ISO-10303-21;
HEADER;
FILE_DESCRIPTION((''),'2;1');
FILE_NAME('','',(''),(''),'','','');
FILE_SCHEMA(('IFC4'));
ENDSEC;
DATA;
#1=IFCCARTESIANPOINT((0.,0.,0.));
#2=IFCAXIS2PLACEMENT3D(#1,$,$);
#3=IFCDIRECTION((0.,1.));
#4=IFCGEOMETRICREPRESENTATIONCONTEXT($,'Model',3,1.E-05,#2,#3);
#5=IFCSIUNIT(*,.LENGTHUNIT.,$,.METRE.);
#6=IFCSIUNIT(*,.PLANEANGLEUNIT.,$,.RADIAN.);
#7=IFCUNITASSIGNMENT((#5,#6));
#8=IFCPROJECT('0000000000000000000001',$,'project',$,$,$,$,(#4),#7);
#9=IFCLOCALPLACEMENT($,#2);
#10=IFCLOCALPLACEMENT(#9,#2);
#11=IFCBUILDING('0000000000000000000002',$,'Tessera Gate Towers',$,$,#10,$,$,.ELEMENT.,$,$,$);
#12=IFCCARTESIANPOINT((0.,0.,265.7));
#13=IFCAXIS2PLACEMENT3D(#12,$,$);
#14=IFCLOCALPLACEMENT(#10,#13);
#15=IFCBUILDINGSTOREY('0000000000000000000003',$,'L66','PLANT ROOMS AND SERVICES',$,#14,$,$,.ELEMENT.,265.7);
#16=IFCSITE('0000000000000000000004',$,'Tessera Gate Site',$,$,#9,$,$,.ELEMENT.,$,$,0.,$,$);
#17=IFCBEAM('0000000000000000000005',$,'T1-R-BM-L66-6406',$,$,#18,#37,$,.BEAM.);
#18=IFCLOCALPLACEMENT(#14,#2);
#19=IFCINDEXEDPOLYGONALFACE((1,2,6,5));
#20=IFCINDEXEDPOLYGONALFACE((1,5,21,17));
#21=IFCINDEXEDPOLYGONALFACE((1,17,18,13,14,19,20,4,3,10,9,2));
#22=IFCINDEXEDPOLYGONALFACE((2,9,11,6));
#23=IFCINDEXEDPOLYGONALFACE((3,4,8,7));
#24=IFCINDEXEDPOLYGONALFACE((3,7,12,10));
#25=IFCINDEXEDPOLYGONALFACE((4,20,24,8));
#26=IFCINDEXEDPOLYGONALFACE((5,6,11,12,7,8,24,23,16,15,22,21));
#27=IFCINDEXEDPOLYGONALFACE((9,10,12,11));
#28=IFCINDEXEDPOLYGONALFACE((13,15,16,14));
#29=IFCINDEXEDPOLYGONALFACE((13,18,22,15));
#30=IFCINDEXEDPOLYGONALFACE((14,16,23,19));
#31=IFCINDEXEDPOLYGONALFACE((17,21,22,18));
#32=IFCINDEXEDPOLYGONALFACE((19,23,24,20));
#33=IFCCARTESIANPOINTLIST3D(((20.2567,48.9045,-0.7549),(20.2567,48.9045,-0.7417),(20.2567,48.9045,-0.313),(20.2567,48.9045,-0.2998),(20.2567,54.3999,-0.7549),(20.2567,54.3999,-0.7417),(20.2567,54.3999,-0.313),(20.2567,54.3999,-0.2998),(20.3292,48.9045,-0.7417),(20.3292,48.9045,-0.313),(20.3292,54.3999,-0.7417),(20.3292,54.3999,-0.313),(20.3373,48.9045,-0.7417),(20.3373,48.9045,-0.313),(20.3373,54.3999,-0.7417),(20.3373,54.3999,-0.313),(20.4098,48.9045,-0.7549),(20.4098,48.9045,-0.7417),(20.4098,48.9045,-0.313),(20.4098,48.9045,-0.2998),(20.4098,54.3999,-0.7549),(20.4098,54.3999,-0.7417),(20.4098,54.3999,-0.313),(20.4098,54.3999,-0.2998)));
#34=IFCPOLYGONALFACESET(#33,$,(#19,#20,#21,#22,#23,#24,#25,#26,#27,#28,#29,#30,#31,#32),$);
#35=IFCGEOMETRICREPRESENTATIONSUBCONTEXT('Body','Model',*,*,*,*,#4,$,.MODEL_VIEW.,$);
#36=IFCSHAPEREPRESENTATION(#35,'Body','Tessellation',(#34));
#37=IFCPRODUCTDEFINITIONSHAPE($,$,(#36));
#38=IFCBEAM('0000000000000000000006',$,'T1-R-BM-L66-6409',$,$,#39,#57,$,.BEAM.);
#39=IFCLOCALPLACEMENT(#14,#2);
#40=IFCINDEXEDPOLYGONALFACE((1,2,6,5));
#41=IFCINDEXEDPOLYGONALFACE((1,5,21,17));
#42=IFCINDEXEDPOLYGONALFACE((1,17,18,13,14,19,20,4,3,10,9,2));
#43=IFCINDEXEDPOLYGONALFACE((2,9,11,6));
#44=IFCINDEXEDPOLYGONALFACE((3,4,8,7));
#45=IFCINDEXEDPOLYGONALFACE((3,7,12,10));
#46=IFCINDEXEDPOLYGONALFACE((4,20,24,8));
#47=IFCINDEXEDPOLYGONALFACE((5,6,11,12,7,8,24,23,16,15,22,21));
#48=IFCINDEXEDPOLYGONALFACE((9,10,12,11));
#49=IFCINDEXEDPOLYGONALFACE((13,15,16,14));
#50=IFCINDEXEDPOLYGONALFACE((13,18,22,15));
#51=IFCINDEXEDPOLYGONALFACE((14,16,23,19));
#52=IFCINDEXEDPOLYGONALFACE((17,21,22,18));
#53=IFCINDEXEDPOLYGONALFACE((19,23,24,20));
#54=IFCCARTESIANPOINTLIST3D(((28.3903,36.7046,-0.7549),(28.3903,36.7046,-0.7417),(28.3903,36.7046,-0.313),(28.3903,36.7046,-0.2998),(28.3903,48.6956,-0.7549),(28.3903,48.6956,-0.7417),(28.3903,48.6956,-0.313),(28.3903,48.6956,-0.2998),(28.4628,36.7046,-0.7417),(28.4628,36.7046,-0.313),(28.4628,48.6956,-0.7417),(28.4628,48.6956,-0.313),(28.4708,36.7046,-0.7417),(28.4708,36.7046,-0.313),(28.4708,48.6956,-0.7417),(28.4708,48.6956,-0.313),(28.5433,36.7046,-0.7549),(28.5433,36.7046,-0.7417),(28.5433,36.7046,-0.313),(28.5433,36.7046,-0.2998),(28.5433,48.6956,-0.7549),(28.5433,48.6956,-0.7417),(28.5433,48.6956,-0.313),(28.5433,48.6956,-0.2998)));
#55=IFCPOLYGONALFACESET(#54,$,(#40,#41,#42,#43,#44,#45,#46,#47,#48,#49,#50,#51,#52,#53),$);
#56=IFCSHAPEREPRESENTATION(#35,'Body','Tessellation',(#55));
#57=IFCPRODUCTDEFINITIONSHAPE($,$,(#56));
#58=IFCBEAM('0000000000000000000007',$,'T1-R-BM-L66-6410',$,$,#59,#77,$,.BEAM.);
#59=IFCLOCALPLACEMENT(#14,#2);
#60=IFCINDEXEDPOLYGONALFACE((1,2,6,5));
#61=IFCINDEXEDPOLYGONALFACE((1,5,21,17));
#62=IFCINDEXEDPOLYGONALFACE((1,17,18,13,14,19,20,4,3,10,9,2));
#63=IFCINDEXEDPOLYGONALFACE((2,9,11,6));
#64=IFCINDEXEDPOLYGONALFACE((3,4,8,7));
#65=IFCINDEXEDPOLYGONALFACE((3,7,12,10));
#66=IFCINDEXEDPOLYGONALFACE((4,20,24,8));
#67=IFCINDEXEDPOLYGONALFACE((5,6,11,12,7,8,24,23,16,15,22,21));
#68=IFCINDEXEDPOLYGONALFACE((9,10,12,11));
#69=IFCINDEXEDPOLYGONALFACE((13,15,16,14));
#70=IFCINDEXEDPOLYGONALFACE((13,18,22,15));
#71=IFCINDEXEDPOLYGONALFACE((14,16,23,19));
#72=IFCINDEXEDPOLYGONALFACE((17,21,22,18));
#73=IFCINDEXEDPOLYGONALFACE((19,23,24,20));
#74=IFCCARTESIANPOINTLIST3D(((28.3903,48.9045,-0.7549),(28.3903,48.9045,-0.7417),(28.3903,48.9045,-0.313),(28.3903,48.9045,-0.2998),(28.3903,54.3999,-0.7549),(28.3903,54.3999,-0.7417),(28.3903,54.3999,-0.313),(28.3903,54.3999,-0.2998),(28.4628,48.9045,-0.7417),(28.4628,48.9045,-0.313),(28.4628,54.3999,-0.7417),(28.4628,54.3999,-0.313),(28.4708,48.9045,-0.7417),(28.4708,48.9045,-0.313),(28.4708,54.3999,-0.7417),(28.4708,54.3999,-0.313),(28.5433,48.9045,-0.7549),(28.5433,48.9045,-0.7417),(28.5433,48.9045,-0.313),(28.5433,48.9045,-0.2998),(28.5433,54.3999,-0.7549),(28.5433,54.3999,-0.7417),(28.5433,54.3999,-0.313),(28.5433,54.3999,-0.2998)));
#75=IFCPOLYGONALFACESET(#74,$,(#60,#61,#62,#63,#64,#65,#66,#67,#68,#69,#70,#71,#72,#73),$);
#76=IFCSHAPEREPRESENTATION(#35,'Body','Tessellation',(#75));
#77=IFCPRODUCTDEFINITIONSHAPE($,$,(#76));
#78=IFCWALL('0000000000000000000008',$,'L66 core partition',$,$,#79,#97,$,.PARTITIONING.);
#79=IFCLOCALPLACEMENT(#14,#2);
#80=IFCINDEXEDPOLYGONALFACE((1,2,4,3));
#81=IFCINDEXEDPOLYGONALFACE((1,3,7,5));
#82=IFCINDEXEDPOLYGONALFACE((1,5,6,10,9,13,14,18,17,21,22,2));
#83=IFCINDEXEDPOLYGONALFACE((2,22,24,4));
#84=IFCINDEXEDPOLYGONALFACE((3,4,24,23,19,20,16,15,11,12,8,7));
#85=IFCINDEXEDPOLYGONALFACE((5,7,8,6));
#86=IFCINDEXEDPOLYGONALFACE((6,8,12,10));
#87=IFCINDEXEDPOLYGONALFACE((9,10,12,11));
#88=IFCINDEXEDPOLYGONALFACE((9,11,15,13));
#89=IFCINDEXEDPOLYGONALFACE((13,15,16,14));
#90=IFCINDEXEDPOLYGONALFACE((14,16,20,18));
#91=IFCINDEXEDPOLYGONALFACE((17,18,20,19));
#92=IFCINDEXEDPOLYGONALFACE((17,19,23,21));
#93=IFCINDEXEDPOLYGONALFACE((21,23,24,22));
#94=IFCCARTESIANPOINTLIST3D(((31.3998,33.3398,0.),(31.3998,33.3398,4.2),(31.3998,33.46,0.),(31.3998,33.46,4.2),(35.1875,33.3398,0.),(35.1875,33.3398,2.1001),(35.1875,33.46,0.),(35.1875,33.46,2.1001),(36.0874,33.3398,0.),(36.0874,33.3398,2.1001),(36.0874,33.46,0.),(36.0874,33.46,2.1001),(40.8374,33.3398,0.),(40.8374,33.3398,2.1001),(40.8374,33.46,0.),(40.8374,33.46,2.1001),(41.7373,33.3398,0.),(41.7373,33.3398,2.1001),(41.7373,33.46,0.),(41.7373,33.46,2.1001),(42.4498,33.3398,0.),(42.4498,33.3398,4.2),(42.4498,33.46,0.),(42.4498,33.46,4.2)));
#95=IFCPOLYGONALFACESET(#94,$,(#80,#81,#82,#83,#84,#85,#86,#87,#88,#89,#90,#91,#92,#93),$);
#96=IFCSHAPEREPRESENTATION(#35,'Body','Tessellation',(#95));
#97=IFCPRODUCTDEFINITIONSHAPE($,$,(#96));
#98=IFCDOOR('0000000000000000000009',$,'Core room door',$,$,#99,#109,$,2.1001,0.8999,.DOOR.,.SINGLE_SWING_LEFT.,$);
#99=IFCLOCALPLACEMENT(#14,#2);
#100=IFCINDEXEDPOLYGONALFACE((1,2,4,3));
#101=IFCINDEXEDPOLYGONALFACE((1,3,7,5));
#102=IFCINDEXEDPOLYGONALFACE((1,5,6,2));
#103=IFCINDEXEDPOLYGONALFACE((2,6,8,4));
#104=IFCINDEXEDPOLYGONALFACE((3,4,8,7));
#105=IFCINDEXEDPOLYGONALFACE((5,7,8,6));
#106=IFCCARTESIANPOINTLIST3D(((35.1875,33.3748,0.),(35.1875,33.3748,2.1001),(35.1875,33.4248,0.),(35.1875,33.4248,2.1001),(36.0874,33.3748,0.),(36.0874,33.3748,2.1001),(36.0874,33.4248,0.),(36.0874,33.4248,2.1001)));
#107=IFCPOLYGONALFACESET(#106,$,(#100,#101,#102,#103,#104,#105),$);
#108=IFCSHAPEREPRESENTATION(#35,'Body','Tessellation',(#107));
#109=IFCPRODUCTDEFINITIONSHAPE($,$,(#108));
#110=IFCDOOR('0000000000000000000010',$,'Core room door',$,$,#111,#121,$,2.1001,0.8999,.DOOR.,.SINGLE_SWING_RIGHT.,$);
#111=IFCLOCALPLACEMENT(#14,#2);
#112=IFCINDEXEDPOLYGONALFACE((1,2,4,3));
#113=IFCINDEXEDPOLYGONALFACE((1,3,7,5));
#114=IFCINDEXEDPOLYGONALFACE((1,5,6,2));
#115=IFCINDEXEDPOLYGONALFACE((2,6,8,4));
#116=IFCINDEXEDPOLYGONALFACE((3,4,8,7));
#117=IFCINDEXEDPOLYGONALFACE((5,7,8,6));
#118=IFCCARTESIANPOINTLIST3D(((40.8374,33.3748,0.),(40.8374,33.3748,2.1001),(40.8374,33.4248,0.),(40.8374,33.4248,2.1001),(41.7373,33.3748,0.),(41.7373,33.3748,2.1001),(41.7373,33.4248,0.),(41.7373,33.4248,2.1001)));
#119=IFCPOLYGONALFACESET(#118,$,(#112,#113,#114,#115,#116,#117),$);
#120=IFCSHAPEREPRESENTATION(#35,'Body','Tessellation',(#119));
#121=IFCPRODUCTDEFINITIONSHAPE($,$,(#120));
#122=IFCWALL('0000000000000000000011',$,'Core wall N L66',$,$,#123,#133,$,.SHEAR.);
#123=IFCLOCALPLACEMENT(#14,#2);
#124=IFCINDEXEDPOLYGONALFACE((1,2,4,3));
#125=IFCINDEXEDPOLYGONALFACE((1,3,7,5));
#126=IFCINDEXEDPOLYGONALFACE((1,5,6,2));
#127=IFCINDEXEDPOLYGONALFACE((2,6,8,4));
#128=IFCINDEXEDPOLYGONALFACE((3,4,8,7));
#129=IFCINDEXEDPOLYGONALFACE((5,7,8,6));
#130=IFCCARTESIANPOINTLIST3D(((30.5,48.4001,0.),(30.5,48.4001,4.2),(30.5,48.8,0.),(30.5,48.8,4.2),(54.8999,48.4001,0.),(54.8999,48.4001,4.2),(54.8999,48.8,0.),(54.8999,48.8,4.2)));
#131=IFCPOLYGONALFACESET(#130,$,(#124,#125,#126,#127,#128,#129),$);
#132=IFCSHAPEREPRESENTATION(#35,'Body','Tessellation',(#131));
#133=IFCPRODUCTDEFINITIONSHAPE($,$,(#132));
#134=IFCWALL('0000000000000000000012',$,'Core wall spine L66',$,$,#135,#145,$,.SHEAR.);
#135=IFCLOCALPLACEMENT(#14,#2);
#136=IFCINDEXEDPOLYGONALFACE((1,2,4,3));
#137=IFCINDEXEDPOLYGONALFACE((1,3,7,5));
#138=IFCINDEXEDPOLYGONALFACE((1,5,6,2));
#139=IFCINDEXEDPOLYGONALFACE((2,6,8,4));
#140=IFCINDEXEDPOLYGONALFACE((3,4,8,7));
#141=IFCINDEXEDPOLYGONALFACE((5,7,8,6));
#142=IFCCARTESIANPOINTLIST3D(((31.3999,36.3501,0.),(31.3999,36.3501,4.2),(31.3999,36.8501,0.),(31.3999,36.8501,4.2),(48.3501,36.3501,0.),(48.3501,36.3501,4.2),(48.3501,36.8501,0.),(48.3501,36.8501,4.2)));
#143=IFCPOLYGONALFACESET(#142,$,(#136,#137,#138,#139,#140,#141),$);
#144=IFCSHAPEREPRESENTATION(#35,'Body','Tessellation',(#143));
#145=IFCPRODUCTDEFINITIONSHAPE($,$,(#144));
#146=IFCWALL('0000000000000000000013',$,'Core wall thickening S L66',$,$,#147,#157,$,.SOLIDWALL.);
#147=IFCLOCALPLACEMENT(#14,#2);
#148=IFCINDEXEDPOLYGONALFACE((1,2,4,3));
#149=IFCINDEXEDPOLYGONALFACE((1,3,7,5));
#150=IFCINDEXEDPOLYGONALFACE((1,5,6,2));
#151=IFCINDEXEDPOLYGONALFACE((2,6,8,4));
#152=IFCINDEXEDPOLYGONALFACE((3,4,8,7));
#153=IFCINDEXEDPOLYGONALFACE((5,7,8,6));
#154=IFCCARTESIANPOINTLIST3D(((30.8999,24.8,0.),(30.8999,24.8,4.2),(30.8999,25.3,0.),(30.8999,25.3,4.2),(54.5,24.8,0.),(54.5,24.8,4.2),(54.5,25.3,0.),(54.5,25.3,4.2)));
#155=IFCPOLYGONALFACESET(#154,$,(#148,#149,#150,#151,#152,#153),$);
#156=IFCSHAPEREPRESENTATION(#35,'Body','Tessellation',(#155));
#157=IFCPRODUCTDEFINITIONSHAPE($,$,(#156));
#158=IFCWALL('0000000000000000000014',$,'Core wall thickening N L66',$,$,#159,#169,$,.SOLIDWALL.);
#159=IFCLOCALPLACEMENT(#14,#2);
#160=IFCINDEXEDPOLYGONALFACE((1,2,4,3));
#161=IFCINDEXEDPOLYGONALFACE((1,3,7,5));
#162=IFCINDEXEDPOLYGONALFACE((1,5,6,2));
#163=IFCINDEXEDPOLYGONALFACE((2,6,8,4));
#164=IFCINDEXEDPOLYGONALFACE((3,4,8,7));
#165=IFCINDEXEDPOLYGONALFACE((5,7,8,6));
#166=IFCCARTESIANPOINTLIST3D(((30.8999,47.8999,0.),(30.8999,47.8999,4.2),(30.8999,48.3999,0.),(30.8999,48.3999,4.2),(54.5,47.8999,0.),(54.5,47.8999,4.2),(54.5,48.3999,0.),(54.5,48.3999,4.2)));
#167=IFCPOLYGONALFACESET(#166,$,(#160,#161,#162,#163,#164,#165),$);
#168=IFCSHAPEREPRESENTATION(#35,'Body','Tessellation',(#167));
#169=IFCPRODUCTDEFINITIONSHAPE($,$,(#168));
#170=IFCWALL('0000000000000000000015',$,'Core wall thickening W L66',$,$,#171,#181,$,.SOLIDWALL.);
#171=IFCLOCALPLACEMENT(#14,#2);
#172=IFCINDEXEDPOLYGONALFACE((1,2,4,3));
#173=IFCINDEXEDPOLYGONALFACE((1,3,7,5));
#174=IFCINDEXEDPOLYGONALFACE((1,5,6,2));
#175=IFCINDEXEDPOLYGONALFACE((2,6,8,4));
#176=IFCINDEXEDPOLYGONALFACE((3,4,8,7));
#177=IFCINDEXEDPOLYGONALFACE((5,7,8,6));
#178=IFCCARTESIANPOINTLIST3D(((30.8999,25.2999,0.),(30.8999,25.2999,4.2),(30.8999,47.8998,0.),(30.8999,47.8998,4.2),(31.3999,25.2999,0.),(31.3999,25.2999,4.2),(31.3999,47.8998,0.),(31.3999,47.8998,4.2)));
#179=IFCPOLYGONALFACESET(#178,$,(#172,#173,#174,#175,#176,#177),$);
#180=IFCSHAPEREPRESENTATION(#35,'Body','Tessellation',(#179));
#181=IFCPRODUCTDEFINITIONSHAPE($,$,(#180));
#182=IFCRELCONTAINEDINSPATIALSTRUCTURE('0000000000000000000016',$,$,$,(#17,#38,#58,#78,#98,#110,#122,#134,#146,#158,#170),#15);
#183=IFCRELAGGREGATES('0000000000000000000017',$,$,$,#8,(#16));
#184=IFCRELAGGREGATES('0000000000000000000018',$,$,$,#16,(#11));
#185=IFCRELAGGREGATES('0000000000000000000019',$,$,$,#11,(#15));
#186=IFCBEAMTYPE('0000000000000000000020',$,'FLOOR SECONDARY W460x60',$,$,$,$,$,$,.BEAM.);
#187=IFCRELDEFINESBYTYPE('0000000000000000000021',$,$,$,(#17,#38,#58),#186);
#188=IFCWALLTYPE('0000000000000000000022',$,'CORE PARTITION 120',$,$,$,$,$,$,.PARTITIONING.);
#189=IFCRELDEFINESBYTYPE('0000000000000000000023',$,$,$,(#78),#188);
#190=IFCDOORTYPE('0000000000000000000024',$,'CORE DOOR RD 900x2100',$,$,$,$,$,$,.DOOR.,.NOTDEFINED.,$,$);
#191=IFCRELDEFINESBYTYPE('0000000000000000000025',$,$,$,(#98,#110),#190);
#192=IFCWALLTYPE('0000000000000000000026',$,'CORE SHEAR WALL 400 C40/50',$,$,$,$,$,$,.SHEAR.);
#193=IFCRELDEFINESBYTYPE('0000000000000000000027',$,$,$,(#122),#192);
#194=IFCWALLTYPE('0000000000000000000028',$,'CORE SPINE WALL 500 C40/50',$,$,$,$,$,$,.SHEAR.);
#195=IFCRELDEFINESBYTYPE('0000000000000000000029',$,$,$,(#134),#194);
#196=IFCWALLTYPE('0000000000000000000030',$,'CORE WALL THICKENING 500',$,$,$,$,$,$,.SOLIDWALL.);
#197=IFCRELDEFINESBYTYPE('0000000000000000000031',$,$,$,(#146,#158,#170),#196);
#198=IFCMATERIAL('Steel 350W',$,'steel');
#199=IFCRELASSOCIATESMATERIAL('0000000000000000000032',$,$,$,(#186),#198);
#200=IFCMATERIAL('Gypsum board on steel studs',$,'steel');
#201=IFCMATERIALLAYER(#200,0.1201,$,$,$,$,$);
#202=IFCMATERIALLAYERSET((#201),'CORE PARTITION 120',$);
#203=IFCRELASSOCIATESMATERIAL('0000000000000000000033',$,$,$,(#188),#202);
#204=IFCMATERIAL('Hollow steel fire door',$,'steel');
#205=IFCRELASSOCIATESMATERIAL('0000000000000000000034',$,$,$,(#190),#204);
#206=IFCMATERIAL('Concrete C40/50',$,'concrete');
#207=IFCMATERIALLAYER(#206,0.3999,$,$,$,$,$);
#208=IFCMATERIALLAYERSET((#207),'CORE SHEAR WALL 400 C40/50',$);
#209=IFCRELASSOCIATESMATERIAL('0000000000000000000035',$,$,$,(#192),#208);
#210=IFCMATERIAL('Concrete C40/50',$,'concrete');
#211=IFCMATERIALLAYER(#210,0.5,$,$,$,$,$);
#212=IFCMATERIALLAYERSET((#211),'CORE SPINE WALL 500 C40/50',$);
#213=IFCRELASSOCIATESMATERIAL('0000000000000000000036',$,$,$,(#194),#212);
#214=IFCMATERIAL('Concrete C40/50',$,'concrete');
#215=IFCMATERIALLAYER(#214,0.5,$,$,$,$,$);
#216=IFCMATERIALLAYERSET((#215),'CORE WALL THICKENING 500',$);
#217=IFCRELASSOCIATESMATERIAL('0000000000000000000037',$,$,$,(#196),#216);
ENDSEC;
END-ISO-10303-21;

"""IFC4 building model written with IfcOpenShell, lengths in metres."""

from ifc_helpers import new_model, si_unit, direction, frame, frame_2d, origin, origin_2d, place, context, subcontext, project, spatial, rectangle, i_section, extrude, source, transform, mapped, material, layer, layer_set, material_profile, profile_set, type_object, element, fill, save


model = new_model("IFC4")

# Units and contexts
model_context = context("Model", 3, precision=1e-05, world=origin(), true_north=direction((0.0, 1.0)))
body_context = subcontext(model_context, "Body", "Model", "MODEL_VIEW")
ifc_project = project(units=[si_unit("LENGTHUNIT", "METRE"), si_unit("PLANEANGLEUNIT", "RADIAN")], contexts=[model_context])

# Site, building, storey
site_placement = place(None, origin())
site = spatial("IfcSite", under=ifc_project, at=site_placement, Name="Tessera Gate Site", CompositionType="ELEMENT", RefElevation=0.0)
building_placement = place(site_placement, origin())
building = spatial("IfcBuilding", under=site, at=building_placement, Name="Tessera Gate Towers", CompositionType="ELEMENT")
storey_placement = place(building_placement, frame((0.0, 0.0, 265.7)))
storey = spatial("IfcBuildingStorey", under=building, at=storey_placement, Name="L66", Description="PLANT ROOMS AND SERVICES", CompositionType="ELEMENT", Elevation=265.7)

# Beams
ifc_material_1 = material(Name="Steel 350W", Category="steel")
ifc_material_profile_1 = material_profile(ifc_material_1, i_section(OverallWidth=0.1531, OverallDepth=0.4551, WebThickness=0.0081, FlangeThickness=0.0132, at=origin_2d()), Name="W460x60")
ifc_profile_set_1 = profile_set([ifc_material_profile_1], Name="Steel 350W")
beam_type_1 = type_object("IfcBeamType", Name="FLOOR SECONDARY W460x60", PredefinedType="BEAM", material=ifc_profile_set_1)
beam_1_placement = place(storey_placement, frame((20.3333, 48.9045, -0.5273), z_axis=(0.0, 1.0, 0.0), x_axis=(-1.0, 0.0, 0.0)))
element("IfcBeam", 1, at=beam_1_placement, inside=storey, type_object=beam_type_1, Name="T1-R-BM-L66-6406", PredefinedType="BEAM", context=body_context, shape_type="SweptSolid", body=[
    extrude(i_section(OverallWidth=0.1531, OverallDepth=0.4551, WebThickness=0.0081, FlangeThickness=0.0132, at=origin_2d()), origin(), (0.0, 0.0, 1.0), 5.4954),
])
beam_2_placement = place(storey_placement, frame((28.4668, 36.7046, -0.5273), z_axis=(0.0, 1.0, 0.0), x_axis=(-1.0, 0.0, 0.0)))
element("IfcBeam", 2, at=beam_2_placement, inside=storey, type_object=beam_type_1, Name="T1-R-BM-L66-6409", PredefinedType="BEAM", context=body_context, shape_type="SweptSolid", body=[
    extrude(i_section(OverallWidth=0.1531, OverallDepth=0.4551, WebThickness=0.0081, FlangeThickness=0.0132, at=origin_2d()), origin(), (0.0, 0.0, 1.0), 11.991),
])
beam_3_placement = place(storey_placement, frame((28.4668, 48.9045, -0.5273), z_axis=(0.0, 1.0, 0.0), x_axis=(-1.0, 0.0, 0.0)))
element("IfcBeam", 3, at=beam_3_placement, inside=storey, type_object=beam_type_1, Name="T1-R-BM-L66-6410", PredefinedType="BEAM", context=body_context, shape_type="SweptSolid", body=[
    extrude(i_section(OverallWidth=0.1531, OverallDepth=0.4551, WebThickness=0.0081, FlangeThickness=0.0132, at=origin_2d()), origin(), (0.0, 0.0, 1.0), 5.4954),
])

# Wall, openings, doors
ifc_material_2 = material(Name="Gypsum board on steel studs", Category="steel")
ifc_layer_1 = layer(ifc_material_2, 0.1201)
ifc_layer_set_1 = layer_set([ifc_layer_1], Name="CORE PARTITION 120")
wall_type_1 = type_object("IfcWallType", Name="CORE PARTITION 120", PredefinedType="PARTITIONING", material=ifc_layer_set_1)
wall_1_placement = place(storey_placement, frame((31.3999, 33.3999, 0.0), z_axis=(0.0, 0.0, 1.0), x_axis=(1.0, 0.0, 0.0)))
wall_1 = element("IfcWall", 4, at=wall_1_placement, inside=storey, type_object=wall_type_1, Name="L66 core partition", PredefinedType="PARTITIONING", context=body_context, shape_type="SweptSolid", body=[
    extrude(rectangle(XDim=11.05, YDim=0.1201, at=frame_2d((5.5249, 0.0))), origin(), (0.0, 0.0, 1.0), 4.2),
])
shared_shape_1 = source(origin(), body_context, "Body", "SweptSolid", [
    extrude(rectangle(XDim=0.8999, YDim=2.1001, at=frame_2d((0.45, 1.05))), frame((0.0, 0.0701, 0.0), z_axis=(0.0, -1.0, 0.0), x_axis=(1.0, 0.0, 0.0)), (0.0, 0.0, 1.0), 0.1401),
])
opening_1_placement = place(wall_1_placement, frame((3.7876, 0.0, 0.0)))
opening_1 = element("IfcOpeningElement", 5, at=opening_1_placement, cuts=wall_1, PredefinedType="OPENING", context=body_context, shape_type="MappedRepresentation", body=[
    mapped(shared_shape_1, transform((0.0, 0.0, 0.0), scale=1.0)),
])
opening_2_placement = place(wall_1_placement, frame((9.4375, 0.0, 0.0)))
opening_2 = element("IfcOpeningElement", 6, at=opening_2_placement, cuts=wall_1, PredefinedType="OPENING", context=body_context, shape_type="MappedRepresentation", body=[
    mapped(shared_shape_1, transform((0.0, 0.0, 0.0), scale=1.0)),
])
ifc_material_3 = material(Name="Hollow steel fire door", Category="steel")
door_type = type_object("IfcDoorType", Name="CORE DOOR RD 900x2100", OperationType="NOTDEFINED", PredefinedType="DOOR", material=ifc_material_3)
shared_shape_2 = source(origin(), body_context, "Body", "SweptSolid", [
    extrude(rectangle(XDim=0.8999, YDim=2.1001, at=frame_2d((0.45, 1.05))), frame((0.0, 0.0249, 0.0), z_axis=(0.0, -1.0, 0.0), x_axis=(1.0, 0.0, 0.0)), (0.0, 0.0, 1.0), 0.05),
])
door_1_placement = place(opening_1_placement, origin())
door_1 = element("IfcDoor", 7, at=door_1_placement, inside=storey, type_object=door_type, Name="Core room door", OperationType="SINGLE_SWING_LEFT", OverallHeight=2.1001, OverallWidth=0.8999, PredefinedType="DOOR", context=body_context, shape_type="MappedRepresentation", body=[
    mapped(shared_shape_2, transform((0.0, 0.0, 0.0), scale=1.0)),
])
fill(opening_1, door_1)
door_2_placement = place(opening_2_placement, origin())
door_2 = element("IfcDoor", 8, at=door_2_placement, inside=storey, type_object=door_type, Name="Core room door", OperationType="SINGLE_SWING_RIGHT", OverallHeight=2.1001, OverallWidth=0.8999, PredefinedType="DOOR", context=body_context, shape_type="MappedRepresentation", body=[
    mapped(shared_shape_2, transform((0.0, 0.0, 0.0), scale=1.0)),
])
fill(opening_2, door_2)

# Walls
ifc_material_4 = material(Name="Concrete C40/50", Category="concrete")
ifc_layer_2 = layer(ifc_material_4, 0.3999)
ifc_layer_set_2 = layer_set([ifc_layer_2], Name="CORE SHEAR WALL 400 C40/50")
wall_type_2 = type_object("IfcWallType", Name="CORE SHEAR WALL 400 C40/50", PredefinedType="SHEAR", material=ifc_layer_set_2)
wall_2_placement = place(storey_placement, frame((30.5, 48.6001, 0.0), z_axis=(0.0, 0.0, 1.0), x_axis=(1.0, 0.0, 0.0)))
element("IfcWall", 9, at=wall_2_placement, inside=storey, type_object=wall_type_2, Name="Core wall N L66", PredefinedType="SHEAR", context=body_context, shape_type="SweptSolid", body=[
    extrude(rectangle(XDim=24.3999, YDim=0.3999, at=frame_2d((12.2, 0.0))), origin(), (0.0, 0.0, 1.0), 4.2),
])
ifc_material_5 = material(Name="Concrete C40/50", Category="concrete")
ifc_layer_3 = layer(ifc_material_5, 0.5)
ifc_layer_set_3 = layer_set([ifc_layer_3], Name="CORE SPINE WALL 500 C40/50")
wall_type_3 = type_object("IfcWallType", Name="CORE SPINE WALL 500 C40/50", PredefinedType="SHEAR", material=ifc_layer_set_3)
wall_3_placement = place(storey_placement, frame((31.3999, 36.6001, 0.0), z_axis=(0.0, 0.0, 1.0), x_axis=(1.0, 0.0, 0.0)))
element("IfcWall", 10, at=wall_3_placement, inside=storey, type_object=wall_type_3, Name="Core wall spine L66", PredefinedType="SHEAR", context=body_context, shape_type="SweptSolid", body=[
    extrude(rectangle(XDim=16.9502, YDim=0.5, at=frame_2d((8.4751, 0.0))), origin(), (0.0, 0.0, 1.0), 4.2),
])
ifc_material_6 = material(Name="Concrete C40/50", Category="concrete")
ifc_layer_4 = layer(ifc_material_6, 0.5)
ifc_layer_set_4 = layer_set([ifc_layer_4], Name="CORE WALL THICKENING 500")
wall_type_4 = type_object("IfcWallType", Name="CORE WALL THICKENING 500", PredefinedType="SOLIDWALL", material=ifc_layer_set_4)
for number, where, z_axis, x_axis, name in (
    (11, (30.8999, 25.05, 0.0), (0.0, 0.0, 1.0), (1.0, 0.0, 0.0), "Core wall thickening S L66"),
    (12, (30.8999, 48.1499, 0.0), (0.0, 0.0, 1.0), (1.0, 0.0, 0.0), "Core wall thickening N L66"),
):
    element("IfcWall", number, at=place(storey_placement, frame(where, z_axis=z_axis, x_axis=x_axis)), inside=storey, type_object=wall_type_4, Name=name, PredefinedType="SOLIDWALL", context=body_context, shape_type="SweptSolid", body=[
        extrude(rectangle(XDim=23.6001, YDim=0.5, at=frame_2d((11.8, 0.0))), origin(), (0.0, 0.0, 1.0), 4.2),
    ])
wall_4_placement = place(storey_placement, frame((31.1499, 25.3, 0.0), z_axis=(0.0, 0.0, 1.0), x_axis=(0.0, 1.0, 0.0)))
element("IfcWall", 13, at=wall_4_placement, inside=storey, type_object=wall_type_4, Name="Core wall thickening W L66", PredefinedType="SOLIDWALL", context=body_context, shape_type="SweptSolid", body=[
    extrude(rectangle(XDim=22.5999, YDim=0.5, at=frame_2d((11.2998, 0.0))), origin(), (0.0, 0.0, 1.0), 4.2),
])

save(model, "model.ifc")
